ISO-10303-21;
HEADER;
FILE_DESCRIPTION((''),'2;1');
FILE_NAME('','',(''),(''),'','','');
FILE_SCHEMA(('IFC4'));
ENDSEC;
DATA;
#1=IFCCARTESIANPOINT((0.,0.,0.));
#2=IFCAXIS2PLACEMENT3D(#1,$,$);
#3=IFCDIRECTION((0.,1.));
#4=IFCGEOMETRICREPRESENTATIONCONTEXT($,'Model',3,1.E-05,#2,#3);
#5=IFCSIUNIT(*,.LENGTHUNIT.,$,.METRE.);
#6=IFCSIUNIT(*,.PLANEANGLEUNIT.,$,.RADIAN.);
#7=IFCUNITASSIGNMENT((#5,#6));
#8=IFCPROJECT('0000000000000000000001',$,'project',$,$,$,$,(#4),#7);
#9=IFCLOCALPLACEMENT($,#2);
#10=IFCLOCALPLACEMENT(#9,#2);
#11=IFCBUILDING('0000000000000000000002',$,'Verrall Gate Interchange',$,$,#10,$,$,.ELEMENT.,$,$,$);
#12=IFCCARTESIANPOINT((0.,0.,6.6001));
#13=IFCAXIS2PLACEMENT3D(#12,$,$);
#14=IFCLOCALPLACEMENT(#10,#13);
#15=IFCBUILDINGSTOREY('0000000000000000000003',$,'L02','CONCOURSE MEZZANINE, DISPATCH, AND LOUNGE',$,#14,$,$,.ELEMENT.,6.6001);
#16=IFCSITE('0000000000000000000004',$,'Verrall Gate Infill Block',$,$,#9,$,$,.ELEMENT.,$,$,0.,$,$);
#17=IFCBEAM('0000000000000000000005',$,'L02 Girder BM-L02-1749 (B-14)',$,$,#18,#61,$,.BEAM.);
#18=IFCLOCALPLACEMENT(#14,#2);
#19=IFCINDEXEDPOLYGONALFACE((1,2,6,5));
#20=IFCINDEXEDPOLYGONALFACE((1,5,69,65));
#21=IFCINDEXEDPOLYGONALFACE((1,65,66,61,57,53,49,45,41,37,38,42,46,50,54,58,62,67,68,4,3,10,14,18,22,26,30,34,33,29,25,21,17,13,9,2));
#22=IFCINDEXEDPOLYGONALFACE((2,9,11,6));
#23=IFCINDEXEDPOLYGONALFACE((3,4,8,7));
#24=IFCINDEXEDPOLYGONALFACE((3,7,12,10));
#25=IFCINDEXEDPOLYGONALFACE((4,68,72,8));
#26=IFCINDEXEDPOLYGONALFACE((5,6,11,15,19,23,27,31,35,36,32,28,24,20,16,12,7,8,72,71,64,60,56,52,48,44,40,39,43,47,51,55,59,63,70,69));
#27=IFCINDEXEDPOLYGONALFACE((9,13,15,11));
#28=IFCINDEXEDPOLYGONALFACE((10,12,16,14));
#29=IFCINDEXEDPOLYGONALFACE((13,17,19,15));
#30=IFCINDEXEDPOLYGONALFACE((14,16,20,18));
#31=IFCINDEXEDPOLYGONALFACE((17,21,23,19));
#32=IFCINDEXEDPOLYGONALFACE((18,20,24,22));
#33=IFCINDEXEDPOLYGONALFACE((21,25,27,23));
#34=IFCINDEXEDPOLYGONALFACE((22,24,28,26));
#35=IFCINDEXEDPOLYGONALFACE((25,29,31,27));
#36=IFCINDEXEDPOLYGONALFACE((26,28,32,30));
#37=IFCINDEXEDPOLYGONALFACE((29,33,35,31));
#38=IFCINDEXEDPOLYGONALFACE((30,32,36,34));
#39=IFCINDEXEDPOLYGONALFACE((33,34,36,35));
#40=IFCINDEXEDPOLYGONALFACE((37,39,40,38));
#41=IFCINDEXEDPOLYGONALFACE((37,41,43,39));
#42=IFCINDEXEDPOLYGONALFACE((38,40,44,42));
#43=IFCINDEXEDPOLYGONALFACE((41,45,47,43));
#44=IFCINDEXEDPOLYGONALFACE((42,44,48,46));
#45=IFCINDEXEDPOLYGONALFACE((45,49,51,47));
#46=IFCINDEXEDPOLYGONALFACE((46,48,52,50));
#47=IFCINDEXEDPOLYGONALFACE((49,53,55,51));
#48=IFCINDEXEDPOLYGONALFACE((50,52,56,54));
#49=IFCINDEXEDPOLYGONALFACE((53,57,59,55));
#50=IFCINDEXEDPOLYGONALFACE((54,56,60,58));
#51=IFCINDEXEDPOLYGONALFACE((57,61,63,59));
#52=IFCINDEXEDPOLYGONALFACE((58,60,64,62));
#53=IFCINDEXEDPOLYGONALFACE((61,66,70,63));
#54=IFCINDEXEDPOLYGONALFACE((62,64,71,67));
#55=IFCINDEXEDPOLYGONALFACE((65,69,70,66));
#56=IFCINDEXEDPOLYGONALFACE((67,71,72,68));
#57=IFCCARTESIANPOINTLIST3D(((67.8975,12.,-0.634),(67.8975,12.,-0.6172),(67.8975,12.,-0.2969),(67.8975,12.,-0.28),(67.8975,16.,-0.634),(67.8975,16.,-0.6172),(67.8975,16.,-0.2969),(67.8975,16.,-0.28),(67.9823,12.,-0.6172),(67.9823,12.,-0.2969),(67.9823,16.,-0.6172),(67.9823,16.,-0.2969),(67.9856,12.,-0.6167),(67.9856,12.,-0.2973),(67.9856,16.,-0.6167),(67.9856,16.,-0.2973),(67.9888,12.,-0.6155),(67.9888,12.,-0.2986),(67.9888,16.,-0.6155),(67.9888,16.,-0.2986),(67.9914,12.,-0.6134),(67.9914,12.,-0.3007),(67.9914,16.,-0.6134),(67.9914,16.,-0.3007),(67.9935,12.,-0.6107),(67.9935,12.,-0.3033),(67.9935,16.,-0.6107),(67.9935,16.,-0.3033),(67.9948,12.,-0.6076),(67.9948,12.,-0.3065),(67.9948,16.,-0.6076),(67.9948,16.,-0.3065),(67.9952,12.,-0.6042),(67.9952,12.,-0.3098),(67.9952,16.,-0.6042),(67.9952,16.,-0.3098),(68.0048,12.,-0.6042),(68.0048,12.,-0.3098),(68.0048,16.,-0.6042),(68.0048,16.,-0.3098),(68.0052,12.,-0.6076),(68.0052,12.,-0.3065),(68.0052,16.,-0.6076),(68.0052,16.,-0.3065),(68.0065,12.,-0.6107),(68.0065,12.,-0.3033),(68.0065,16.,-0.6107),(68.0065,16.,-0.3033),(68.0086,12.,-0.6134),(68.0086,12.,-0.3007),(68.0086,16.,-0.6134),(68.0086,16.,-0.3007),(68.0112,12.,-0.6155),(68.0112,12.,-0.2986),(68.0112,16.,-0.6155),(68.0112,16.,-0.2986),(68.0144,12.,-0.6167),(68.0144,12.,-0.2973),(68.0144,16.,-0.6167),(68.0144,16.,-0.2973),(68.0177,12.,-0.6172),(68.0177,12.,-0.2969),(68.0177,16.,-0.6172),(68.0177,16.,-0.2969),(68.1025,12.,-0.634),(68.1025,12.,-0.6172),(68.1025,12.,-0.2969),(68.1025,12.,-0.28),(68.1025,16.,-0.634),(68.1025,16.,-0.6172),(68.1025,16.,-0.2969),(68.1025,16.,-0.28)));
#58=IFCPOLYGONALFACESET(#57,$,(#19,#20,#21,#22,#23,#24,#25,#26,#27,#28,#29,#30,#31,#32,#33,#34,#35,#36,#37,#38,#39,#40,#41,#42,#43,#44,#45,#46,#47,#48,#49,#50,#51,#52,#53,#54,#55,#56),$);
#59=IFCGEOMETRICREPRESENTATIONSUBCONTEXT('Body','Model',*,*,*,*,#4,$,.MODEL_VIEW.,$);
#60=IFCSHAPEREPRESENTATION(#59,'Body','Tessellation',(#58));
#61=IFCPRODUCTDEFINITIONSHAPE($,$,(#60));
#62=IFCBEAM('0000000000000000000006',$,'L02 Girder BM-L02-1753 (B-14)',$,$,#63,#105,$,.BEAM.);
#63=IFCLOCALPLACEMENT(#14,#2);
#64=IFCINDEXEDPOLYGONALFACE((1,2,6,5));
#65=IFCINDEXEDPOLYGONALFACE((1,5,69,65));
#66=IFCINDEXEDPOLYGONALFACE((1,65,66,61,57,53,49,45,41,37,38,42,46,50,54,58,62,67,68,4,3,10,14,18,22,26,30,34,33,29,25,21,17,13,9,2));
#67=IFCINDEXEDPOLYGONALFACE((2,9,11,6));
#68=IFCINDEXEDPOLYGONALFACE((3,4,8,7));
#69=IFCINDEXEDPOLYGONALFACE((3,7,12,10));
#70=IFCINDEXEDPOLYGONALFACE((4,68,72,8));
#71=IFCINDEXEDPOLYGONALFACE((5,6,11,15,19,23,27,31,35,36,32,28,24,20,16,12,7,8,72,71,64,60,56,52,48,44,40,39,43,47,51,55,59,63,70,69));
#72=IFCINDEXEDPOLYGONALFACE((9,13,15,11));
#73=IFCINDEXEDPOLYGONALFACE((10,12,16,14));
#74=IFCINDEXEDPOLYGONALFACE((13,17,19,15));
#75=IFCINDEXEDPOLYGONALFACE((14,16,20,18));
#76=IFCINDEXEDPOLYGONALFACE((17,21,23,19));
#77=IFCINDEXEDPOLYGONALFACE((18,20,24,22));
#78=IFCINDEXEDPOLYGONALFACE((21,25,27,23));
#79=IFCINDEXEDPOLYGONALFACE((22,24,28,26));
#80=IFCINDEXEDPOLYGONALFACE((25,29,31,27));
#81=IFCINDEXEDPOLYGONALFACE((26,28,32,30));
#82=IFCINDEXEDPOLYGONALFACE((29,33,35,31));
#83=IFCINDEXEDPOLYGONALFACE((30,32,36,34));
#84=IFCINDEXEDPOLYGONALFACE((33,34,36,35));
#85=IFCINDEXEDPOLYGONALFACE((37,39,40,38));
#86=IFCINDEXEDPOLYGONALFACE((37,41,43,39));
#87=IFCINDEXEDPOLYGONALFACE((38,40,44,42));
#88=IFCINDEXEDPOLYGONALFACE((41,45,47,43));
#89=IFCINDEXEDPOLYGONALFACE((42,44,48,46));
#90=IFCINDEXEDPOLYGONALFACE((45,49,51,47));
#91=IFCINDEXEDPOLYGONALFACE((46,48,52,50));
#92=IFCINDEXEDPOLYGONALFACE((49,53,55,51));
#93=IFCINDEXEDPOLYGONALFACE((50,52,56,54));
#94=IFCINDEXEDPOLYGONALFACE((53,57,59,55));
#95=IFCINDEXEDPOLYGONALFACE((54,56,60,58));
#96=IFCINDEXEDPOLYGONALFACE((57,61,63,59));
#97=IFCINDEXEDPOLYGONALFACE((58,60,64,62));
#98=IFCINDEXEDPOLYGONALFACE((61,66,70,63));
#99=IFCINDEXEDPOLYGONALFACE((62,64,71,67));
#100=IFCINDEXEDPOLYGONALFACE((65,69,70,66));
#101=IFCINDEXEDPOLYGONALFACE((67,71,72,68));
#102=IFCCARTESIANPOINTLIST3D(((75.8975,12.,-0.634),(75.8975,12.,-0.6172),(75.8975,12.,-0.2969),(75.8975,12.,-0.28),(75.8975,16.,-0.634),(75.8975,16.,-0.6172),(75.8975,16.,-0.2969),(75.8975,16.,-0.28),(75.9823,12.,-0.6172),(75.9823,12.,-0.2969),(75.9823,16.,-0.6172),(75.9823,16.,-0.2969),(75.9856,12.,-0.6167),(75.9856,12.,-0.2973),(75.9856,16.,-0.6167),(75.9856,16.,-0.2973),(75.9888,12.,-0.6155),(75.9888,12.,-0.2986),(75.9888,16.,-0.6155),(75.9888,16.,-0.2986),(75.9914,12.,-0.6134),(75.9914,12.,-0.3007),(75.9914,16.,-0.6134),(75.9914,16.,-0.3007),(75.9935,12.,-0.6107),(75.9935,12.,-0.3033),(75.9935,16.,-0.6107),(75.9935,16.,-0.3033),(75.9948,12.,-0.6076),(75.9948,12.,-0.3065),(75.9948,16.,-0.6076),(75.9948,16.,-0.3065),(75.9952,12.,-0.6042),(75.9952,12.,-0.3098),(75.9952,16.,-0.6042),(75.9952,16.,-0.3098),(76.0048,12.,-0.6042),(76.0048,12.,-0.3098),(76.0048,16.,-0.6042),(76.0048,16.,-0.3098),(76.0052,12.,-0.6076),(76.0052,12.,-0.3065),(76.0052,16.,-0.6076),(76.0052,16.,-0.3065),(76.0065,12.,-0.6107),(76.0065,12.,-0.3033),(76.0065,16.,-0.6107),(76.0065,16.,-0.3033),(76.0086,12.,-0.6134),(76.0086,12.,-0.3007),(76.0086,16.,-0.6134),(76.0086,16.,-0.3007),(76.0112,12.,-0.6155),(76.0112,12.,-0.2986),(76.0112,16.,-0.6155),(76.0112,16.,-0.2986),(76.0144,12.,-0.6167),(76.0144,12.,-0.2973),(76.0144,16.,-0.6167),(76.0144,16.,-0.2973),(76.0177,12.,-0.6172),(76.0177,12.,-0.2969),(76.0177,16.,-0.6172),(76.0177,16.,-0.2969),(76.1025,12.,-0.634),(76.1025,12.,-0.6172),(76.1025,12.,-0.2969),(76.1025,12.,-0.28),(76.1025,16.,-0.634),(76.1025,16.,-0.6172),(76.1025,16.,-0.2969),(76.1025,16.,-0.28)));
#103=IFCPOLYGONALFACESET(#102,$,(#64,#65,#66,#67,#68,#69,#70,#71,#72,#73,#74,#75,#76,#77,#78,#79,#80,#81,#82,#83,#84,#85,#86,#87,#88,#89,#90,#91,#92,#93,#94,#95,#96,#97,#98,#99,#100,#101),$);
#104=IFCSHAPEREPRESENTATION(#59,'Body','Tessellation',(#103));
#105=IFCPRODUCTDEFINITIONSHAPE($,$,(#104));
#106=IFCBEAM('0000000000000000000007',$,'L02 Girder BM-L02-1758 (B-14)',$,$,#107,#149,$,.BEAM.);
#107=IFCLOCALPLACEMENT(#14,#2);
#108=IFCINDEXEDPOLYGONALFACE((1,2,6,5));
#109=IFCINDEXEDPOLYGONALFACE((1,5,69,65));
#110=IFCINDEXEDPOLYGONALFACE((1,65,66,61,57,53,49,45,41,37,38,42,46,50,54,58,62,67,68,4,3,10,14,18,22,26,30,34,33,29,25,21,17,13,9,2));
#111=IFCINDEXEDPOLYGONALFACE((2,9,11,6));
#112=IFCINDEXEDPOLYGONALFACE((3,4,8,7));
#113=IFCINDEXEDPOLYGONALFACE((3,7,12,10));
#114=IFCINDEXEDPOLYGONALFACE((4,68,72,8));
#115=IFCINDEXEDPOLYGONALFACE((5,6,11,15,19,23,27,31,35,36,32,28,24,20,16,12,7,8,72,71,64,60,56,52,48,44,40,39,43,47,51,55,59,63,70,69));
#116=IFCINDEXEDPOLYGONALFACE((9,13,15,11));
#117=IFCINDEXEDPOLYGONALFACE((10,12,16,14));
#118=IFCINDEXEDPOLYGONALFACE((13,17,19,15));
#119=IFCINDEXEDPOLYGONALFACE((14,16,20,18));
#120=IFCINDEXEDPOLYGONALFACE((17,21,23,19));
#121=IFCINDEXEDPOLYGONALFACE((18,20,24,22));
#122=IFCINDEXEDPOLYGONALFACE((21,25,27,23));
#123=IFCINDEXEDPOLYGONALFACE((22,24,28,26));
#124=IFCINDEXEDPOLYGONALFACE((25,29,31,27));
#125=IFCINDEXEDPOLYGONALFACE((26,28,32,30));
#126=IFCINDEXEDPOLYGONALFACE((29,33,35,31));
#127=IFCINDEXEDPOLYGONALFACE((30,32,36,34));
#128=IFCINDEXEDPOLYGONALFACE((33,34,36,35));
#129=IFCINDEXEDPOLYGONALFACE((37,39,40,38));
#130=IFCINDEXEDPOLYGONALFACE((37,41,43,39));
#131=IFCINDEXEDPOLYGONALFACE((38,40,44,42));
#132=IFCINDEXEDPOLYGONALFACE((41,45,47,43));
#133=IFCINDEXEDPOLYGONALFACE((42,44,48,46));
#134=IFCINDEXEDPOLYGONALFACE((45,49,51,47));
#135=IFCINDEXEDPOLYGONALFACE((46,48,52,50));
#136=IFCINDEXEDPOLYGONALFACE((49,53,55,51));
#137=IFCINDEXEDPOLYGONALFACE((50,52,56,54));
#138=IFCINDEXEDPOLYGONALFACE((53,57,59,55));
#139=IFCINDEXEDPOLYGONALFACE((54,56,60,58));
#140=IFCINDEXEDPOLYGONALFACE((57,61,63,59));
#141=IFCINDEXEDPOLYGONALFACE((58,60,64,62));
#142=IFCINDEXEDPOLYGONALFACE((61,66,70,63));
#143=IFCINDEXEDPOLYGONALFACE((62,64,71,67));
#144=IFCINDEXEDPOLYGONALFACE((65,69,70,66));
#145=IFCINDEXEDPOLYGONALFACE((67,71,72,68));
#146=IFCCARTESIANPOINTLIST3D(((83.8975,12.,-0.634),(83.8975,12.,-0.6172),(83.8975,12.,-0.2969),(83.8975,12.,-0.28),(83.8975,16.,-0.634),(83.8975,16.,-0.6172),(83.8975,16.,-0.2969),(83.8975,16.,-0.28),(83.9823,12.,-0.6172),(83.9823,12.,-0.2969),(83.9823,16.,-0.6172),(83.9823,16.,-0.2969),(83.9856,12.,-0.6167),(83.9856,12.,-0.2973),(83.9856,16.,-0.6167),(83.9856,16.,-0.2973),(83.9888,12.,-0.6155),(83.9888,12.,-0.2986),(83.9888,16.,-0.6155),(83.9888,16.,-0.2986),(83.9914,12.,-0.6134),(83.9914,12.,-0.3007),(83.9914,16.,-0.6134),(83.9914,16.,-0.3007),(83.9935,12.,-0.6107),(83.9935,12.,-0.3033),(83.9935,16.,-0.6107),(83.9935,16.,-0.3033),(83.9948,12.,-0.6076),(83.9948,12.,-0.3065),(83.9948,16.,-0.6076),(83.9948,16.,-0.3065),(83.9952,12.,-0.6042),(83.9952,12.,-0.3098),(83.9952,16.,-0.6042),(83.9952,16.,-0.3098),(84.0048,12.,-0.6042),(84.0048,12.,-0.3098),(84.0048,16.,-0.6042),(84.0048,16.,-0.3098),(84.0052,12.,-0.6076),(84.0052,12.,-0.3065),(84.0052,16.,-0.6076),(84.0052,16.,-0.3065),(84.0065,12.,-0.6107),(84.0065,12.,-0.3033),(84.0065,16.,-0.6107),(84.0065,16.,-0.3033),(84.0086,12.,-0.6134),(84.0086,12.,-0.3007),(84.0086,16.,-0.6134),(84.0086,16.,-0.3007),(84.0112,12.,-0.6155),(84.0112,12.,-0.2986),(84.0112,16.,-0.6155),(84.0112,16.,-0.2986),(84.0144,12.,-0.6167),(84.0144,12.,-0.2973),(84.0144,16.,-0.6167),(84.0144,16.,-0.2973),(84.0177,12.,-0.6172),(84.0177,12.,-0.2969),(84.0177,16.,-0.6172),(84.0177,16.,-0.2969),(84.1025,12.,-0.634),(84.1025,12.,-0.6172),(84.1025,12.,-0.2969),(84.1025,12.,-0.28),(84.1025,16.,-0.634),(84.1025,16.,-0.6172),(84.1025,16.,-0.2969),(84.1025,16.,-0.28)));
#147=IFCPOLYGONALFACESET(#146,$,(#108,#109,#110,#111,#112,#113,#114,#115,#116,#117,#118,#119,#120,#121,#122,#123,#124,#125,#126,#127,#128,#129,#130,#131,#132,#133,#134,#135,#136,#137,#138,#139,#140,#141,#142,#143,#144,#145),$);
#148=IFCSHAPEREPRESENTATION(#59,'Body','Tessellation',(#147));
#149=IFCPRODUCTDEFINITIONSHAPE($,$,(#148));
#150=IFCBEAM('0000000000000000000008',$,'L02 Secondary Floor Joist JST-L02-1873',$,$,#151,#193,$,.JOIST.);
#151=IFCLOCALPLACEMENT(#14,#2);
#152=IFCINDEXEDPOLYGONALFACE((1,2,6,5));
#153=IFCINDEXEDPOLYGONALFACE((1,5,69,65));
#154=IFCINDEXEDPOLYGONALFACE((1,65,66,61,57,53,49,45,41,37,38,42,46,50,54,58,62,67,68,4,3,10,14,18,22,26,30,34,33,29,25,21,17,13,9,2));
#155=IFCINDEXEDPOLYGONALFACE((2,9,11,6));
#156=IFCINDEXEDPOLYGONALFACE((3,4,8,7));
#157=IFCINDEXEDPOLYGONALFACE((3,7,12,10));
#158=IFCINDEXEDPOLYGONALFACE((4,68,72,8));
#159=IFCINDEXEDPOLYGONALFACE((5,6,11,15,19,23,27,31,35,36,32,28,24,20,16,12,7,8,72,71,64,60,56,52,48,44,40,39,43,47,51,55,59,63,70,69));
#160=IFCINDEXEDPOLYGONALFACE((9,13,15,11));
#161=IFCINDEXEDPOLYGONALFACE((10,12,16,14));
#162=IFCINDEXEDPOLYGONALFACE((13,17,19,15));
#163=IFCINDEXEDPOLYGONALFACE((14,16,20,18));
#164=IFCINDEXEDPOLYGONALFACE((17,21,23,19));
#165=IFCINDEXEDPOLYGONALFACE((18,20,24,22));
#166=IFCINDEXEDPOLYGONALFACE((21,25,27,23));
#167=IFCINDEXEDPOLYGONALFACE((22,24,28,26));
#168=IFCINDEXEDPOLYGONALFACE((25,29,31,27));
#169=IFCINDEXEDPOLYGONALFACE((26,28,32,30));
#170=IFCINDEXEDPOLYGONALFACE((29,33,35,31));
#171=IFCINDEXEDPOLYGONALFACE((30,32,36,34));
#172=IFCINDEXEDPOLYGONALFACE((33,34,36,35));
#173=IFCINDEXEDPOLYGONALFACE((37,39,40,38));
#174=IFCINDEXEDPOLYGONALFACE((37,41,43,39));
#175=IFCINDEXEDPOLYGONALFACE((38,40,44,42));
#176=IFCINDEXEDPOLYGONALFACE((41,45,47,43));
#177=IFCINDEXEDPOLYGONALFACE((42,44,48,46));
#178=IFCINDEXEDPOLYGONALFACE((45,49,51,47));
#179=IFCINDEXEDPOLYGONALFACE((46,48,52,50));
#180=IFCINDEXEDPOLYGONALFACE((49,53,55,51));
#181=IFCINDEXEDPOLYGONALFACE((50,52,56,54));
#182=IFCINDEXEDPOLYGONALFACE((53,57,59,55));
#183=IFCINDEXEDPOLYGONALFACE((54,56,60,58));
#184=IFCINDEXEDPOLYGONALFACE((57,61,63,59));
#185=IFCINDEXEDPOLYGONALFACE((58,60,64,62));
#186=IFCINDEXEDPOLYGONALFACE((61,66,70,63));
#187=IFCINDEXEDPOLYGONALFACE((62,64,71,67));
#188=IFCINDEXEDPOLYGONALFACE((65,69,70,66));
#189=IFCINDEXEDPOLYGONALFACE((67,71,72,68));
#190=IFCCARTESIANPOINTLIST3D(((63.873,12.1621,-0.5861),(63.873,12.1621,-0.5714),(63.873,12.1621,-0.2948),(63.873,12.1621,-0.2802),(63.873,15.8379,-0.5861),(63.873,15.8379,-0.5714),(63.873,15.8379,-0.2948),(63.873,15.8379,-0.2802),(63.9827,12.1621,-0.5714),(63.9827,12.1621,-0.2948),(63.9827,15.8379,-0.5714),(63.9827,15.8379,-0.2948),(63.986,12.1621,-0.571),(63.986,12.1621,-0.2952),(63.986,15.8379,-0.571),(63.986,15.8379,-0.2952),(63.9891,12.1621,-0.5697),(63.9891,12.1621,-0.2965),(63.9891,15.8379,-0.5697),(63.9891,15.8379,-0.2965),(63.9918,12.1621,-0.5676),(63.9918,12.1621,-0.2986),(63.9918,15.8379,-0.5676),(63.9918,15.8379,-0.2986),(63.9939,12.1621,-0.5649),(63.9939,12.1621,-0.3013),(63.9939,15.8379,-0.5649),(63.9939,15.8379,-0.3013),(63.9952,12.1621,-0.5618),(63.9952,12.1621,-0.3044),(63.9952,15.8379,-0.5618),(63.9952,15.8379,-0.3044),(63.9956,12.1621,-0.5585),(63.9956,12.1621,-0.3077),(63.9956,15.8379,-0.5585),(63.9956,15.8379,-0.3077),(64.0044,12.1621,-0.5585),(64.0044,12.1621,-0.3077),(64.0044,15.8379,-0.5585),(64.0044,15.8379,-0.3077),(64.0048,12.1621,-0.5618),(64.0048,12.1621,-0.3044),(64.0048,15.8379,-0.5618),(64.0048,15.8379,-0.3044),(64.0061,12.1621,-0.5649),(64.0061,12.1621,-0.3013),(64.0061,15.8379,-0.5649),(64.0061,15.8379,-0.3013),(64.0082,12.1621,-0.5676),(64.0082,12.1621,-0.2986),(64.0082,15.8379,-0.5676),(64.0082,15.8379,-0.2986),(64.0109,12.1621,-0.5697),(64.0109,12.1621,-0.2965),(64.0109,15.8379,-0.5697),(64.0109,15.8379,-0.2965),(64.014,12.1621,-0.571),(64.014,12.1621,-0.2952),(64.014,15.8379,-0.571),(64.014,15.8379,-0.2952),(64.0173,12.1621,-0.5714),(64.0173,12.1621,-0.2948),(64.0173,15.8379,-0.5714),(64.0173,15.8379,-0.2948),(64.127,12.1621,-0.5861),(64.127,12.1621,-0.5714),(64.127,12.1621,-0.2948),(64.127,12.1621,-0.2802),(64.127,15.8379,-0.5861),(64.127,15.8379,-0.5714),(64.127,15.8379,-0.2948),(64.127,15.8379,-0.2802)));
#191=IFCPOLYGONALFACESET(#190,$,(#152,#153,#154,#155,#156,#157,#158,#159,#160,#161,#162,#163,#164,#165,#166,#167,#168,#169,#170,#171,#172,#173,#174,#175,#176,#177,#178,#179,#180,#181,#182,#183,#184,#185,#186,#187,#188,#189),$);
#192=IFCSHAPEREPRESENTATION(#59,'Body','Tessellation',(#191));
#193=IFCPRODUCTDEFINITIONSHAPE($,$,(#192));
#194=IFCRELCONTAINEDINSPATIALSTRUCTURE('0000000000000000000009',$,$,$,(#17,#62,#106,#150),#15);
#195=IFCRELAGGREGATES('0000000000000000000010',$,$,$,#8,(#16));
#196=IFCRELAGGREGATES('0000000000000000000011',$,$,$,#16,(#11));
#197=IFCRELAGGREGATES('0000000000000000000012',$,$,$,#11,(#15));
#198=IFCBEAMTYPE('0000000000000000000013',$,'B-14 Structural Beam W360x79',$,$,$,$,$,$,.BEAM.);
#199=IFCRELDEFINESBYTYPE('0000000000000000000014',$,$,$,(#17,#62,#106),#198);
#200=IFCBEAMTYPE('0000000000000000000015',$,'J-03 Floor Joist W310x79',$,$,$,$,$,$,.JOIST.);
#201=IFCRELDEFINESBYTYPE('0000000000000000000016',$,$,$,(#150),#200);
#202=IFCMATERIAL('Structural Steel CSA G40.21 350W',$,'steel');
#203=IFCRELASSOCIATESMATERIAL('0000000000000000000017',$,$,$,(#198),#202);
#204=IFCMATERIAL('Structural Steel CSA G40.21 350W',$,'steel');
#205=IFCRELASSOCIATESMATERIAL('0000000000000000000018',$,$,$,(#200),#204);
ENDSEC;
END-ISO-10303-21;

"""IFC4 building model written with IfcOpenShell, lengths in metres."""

from ifc_helpers import new_model, si_unit, direction, frame, origin, origin_2d, place, context, subcontext, project, spatial, i_section, extrude, material, material_profile, profile_set, type_object, element, save


model = new_model("IFC4")

# Units and contexts
model_context = context("Model", 3, precision=1e-05, world=origin(), true_north=direction((0.0, 1.0)))
body_context = subcontext(model_context, "Body", "Model", "MODEL_VIEW")
ifc_project = project(units=[si_unit("LENGTHUNIT", "METRE"), si_unit("PLANEANGLEUNIT", "RADIAN")], contexts=[model_context])

# Site, building, storey
site_placement = place(None, origin())
site = spatial("IfcSite", under=ifc_project, at=site_placement, Name="Verrall Gate Infill Block", CompositionType="ELEMENT", RefElevation=0.0)
building_placement = place(site_placement, origin())
building = spatial("IfcBuilding", under=site, at=building_placement, Name="Verrall Gate Interchange", CompositionType="ELEMENT")
storey_placement = place(building_placement, frame((0.0, 0.0, 6.6001)))
storey = spatial("IfcBuildingStorey", under=building, at=storey_placement, Name="L02", Description="CONCOURSE MEZZANINE, DISPATCH, AND LOUNGE", CompositionType="ELEMENT", Elevation=6.6001)

# Beams
ifc_material_1 = material(Name="Structural Steel CSA G40.21 350W", Category="steel")
ifc_material_profile_1 = material_profile(ifc_material_1, i_section(OverallWidth=0.2051, OverallDepth=0.354, WebThickness=0.0095, FlangeThickness=0.0168, FilletRadius=0.0129, at=origin_2d()), Name="W360x79")
ifc_profile_set_1 = profile_set([ifc_material_profile_1], Name="Structural Steel CSA G40.21 350W")
beam_type_1 = type_object("IfcBeamType", Name="B-14 Structural Beam W360x79", PredefinedType="BEAM", material=ifc_profile_set_1)
for number, where, z_axis, x_axis, name in (
    (1, (68.0, 12.0, -0.457), (0.0, 1.0, 0.0), (-1.0, 0.0, 0.0), "L02 Girder BM-L02-1749 (B-14)"),
    (2, (76.0, 12.0, -0.457), (0.0, 1.0, 0.0), (-1.0, 0.0, 0.0), "L02 Girder BM-L02-1753 (B-14)"),
    (3, (84.0, 12.0, -0.457), (0.0, 1.0, 0.0), (-1.0, 0.0, 0.0), "L02 Girder BM-L02-1758 (B-14)"),
):
    element("IfcBeam", number, at=place(storey_placement, frame(where, z_axis=z_axis, x_axis=x_axis)), inside=storey, type_object=beam_type_1, Name=name, PredefinedType="BEAM", context=body_context, shape_type="SweptSolid", body=[
        extrude(i_section(OverallWidth=0.2051, OverallDepth=0.354, WebThickness=0.0095, FlangeThickness=0.0168, FilletRadius=0.0129, at=origin_2d()), origin(), (0.0, 0.0, 1.0), 4.0),
    ])
ifc_material_2 = material(Name="Structural Steel CSA G40.21 350W", Category="steel")
ifc_material_profile_2 = material_profile(ifc_material_2, i_section(OverallWidth=0.2539, OverallDepth=0.3059, WebThickness=0.0088, FlangeThickness=0.0146, FilletRadius=0.0129, at=origin_2d()), Name="W310x79")
ifc_profile_set_2 = profile_set([ifc_material_profile_2], Name="Structural Steel CSA G40.21 350W")
beam_type_2 = type_object("IfcBeamType", Name="J-03 Floor Joist W310x79", PredefinedType="JOIST", material=ifc_profile_set_2)
beam_1_placement = place(storey_placement, frame((64.0, 12.1621, -0.4331), z_axis=(0.0, 1.0, 0.0), x_axis=(-1.0, 0.0, 0.0)))
element("IfcBeam", 4, at=beam_1_placement, inside=storey, type_object=beam_type_2, Name="L02 Secondary Floor Joist JST-L02-1873", PredefinedType="JOIST", context=body_context, shape_type="SweptSolid", body=[
    extrude(i_section(OverallWidth=0.2539, OverallDepth=0.3059, WebThickness=0.0088, FlangeThickness=0.0146, FilletRadius=0.0129, at=origin_2d()), origin(), (0.0, 0.0, 1.0), 3.6758),
])

save(model, "model.ifc")
